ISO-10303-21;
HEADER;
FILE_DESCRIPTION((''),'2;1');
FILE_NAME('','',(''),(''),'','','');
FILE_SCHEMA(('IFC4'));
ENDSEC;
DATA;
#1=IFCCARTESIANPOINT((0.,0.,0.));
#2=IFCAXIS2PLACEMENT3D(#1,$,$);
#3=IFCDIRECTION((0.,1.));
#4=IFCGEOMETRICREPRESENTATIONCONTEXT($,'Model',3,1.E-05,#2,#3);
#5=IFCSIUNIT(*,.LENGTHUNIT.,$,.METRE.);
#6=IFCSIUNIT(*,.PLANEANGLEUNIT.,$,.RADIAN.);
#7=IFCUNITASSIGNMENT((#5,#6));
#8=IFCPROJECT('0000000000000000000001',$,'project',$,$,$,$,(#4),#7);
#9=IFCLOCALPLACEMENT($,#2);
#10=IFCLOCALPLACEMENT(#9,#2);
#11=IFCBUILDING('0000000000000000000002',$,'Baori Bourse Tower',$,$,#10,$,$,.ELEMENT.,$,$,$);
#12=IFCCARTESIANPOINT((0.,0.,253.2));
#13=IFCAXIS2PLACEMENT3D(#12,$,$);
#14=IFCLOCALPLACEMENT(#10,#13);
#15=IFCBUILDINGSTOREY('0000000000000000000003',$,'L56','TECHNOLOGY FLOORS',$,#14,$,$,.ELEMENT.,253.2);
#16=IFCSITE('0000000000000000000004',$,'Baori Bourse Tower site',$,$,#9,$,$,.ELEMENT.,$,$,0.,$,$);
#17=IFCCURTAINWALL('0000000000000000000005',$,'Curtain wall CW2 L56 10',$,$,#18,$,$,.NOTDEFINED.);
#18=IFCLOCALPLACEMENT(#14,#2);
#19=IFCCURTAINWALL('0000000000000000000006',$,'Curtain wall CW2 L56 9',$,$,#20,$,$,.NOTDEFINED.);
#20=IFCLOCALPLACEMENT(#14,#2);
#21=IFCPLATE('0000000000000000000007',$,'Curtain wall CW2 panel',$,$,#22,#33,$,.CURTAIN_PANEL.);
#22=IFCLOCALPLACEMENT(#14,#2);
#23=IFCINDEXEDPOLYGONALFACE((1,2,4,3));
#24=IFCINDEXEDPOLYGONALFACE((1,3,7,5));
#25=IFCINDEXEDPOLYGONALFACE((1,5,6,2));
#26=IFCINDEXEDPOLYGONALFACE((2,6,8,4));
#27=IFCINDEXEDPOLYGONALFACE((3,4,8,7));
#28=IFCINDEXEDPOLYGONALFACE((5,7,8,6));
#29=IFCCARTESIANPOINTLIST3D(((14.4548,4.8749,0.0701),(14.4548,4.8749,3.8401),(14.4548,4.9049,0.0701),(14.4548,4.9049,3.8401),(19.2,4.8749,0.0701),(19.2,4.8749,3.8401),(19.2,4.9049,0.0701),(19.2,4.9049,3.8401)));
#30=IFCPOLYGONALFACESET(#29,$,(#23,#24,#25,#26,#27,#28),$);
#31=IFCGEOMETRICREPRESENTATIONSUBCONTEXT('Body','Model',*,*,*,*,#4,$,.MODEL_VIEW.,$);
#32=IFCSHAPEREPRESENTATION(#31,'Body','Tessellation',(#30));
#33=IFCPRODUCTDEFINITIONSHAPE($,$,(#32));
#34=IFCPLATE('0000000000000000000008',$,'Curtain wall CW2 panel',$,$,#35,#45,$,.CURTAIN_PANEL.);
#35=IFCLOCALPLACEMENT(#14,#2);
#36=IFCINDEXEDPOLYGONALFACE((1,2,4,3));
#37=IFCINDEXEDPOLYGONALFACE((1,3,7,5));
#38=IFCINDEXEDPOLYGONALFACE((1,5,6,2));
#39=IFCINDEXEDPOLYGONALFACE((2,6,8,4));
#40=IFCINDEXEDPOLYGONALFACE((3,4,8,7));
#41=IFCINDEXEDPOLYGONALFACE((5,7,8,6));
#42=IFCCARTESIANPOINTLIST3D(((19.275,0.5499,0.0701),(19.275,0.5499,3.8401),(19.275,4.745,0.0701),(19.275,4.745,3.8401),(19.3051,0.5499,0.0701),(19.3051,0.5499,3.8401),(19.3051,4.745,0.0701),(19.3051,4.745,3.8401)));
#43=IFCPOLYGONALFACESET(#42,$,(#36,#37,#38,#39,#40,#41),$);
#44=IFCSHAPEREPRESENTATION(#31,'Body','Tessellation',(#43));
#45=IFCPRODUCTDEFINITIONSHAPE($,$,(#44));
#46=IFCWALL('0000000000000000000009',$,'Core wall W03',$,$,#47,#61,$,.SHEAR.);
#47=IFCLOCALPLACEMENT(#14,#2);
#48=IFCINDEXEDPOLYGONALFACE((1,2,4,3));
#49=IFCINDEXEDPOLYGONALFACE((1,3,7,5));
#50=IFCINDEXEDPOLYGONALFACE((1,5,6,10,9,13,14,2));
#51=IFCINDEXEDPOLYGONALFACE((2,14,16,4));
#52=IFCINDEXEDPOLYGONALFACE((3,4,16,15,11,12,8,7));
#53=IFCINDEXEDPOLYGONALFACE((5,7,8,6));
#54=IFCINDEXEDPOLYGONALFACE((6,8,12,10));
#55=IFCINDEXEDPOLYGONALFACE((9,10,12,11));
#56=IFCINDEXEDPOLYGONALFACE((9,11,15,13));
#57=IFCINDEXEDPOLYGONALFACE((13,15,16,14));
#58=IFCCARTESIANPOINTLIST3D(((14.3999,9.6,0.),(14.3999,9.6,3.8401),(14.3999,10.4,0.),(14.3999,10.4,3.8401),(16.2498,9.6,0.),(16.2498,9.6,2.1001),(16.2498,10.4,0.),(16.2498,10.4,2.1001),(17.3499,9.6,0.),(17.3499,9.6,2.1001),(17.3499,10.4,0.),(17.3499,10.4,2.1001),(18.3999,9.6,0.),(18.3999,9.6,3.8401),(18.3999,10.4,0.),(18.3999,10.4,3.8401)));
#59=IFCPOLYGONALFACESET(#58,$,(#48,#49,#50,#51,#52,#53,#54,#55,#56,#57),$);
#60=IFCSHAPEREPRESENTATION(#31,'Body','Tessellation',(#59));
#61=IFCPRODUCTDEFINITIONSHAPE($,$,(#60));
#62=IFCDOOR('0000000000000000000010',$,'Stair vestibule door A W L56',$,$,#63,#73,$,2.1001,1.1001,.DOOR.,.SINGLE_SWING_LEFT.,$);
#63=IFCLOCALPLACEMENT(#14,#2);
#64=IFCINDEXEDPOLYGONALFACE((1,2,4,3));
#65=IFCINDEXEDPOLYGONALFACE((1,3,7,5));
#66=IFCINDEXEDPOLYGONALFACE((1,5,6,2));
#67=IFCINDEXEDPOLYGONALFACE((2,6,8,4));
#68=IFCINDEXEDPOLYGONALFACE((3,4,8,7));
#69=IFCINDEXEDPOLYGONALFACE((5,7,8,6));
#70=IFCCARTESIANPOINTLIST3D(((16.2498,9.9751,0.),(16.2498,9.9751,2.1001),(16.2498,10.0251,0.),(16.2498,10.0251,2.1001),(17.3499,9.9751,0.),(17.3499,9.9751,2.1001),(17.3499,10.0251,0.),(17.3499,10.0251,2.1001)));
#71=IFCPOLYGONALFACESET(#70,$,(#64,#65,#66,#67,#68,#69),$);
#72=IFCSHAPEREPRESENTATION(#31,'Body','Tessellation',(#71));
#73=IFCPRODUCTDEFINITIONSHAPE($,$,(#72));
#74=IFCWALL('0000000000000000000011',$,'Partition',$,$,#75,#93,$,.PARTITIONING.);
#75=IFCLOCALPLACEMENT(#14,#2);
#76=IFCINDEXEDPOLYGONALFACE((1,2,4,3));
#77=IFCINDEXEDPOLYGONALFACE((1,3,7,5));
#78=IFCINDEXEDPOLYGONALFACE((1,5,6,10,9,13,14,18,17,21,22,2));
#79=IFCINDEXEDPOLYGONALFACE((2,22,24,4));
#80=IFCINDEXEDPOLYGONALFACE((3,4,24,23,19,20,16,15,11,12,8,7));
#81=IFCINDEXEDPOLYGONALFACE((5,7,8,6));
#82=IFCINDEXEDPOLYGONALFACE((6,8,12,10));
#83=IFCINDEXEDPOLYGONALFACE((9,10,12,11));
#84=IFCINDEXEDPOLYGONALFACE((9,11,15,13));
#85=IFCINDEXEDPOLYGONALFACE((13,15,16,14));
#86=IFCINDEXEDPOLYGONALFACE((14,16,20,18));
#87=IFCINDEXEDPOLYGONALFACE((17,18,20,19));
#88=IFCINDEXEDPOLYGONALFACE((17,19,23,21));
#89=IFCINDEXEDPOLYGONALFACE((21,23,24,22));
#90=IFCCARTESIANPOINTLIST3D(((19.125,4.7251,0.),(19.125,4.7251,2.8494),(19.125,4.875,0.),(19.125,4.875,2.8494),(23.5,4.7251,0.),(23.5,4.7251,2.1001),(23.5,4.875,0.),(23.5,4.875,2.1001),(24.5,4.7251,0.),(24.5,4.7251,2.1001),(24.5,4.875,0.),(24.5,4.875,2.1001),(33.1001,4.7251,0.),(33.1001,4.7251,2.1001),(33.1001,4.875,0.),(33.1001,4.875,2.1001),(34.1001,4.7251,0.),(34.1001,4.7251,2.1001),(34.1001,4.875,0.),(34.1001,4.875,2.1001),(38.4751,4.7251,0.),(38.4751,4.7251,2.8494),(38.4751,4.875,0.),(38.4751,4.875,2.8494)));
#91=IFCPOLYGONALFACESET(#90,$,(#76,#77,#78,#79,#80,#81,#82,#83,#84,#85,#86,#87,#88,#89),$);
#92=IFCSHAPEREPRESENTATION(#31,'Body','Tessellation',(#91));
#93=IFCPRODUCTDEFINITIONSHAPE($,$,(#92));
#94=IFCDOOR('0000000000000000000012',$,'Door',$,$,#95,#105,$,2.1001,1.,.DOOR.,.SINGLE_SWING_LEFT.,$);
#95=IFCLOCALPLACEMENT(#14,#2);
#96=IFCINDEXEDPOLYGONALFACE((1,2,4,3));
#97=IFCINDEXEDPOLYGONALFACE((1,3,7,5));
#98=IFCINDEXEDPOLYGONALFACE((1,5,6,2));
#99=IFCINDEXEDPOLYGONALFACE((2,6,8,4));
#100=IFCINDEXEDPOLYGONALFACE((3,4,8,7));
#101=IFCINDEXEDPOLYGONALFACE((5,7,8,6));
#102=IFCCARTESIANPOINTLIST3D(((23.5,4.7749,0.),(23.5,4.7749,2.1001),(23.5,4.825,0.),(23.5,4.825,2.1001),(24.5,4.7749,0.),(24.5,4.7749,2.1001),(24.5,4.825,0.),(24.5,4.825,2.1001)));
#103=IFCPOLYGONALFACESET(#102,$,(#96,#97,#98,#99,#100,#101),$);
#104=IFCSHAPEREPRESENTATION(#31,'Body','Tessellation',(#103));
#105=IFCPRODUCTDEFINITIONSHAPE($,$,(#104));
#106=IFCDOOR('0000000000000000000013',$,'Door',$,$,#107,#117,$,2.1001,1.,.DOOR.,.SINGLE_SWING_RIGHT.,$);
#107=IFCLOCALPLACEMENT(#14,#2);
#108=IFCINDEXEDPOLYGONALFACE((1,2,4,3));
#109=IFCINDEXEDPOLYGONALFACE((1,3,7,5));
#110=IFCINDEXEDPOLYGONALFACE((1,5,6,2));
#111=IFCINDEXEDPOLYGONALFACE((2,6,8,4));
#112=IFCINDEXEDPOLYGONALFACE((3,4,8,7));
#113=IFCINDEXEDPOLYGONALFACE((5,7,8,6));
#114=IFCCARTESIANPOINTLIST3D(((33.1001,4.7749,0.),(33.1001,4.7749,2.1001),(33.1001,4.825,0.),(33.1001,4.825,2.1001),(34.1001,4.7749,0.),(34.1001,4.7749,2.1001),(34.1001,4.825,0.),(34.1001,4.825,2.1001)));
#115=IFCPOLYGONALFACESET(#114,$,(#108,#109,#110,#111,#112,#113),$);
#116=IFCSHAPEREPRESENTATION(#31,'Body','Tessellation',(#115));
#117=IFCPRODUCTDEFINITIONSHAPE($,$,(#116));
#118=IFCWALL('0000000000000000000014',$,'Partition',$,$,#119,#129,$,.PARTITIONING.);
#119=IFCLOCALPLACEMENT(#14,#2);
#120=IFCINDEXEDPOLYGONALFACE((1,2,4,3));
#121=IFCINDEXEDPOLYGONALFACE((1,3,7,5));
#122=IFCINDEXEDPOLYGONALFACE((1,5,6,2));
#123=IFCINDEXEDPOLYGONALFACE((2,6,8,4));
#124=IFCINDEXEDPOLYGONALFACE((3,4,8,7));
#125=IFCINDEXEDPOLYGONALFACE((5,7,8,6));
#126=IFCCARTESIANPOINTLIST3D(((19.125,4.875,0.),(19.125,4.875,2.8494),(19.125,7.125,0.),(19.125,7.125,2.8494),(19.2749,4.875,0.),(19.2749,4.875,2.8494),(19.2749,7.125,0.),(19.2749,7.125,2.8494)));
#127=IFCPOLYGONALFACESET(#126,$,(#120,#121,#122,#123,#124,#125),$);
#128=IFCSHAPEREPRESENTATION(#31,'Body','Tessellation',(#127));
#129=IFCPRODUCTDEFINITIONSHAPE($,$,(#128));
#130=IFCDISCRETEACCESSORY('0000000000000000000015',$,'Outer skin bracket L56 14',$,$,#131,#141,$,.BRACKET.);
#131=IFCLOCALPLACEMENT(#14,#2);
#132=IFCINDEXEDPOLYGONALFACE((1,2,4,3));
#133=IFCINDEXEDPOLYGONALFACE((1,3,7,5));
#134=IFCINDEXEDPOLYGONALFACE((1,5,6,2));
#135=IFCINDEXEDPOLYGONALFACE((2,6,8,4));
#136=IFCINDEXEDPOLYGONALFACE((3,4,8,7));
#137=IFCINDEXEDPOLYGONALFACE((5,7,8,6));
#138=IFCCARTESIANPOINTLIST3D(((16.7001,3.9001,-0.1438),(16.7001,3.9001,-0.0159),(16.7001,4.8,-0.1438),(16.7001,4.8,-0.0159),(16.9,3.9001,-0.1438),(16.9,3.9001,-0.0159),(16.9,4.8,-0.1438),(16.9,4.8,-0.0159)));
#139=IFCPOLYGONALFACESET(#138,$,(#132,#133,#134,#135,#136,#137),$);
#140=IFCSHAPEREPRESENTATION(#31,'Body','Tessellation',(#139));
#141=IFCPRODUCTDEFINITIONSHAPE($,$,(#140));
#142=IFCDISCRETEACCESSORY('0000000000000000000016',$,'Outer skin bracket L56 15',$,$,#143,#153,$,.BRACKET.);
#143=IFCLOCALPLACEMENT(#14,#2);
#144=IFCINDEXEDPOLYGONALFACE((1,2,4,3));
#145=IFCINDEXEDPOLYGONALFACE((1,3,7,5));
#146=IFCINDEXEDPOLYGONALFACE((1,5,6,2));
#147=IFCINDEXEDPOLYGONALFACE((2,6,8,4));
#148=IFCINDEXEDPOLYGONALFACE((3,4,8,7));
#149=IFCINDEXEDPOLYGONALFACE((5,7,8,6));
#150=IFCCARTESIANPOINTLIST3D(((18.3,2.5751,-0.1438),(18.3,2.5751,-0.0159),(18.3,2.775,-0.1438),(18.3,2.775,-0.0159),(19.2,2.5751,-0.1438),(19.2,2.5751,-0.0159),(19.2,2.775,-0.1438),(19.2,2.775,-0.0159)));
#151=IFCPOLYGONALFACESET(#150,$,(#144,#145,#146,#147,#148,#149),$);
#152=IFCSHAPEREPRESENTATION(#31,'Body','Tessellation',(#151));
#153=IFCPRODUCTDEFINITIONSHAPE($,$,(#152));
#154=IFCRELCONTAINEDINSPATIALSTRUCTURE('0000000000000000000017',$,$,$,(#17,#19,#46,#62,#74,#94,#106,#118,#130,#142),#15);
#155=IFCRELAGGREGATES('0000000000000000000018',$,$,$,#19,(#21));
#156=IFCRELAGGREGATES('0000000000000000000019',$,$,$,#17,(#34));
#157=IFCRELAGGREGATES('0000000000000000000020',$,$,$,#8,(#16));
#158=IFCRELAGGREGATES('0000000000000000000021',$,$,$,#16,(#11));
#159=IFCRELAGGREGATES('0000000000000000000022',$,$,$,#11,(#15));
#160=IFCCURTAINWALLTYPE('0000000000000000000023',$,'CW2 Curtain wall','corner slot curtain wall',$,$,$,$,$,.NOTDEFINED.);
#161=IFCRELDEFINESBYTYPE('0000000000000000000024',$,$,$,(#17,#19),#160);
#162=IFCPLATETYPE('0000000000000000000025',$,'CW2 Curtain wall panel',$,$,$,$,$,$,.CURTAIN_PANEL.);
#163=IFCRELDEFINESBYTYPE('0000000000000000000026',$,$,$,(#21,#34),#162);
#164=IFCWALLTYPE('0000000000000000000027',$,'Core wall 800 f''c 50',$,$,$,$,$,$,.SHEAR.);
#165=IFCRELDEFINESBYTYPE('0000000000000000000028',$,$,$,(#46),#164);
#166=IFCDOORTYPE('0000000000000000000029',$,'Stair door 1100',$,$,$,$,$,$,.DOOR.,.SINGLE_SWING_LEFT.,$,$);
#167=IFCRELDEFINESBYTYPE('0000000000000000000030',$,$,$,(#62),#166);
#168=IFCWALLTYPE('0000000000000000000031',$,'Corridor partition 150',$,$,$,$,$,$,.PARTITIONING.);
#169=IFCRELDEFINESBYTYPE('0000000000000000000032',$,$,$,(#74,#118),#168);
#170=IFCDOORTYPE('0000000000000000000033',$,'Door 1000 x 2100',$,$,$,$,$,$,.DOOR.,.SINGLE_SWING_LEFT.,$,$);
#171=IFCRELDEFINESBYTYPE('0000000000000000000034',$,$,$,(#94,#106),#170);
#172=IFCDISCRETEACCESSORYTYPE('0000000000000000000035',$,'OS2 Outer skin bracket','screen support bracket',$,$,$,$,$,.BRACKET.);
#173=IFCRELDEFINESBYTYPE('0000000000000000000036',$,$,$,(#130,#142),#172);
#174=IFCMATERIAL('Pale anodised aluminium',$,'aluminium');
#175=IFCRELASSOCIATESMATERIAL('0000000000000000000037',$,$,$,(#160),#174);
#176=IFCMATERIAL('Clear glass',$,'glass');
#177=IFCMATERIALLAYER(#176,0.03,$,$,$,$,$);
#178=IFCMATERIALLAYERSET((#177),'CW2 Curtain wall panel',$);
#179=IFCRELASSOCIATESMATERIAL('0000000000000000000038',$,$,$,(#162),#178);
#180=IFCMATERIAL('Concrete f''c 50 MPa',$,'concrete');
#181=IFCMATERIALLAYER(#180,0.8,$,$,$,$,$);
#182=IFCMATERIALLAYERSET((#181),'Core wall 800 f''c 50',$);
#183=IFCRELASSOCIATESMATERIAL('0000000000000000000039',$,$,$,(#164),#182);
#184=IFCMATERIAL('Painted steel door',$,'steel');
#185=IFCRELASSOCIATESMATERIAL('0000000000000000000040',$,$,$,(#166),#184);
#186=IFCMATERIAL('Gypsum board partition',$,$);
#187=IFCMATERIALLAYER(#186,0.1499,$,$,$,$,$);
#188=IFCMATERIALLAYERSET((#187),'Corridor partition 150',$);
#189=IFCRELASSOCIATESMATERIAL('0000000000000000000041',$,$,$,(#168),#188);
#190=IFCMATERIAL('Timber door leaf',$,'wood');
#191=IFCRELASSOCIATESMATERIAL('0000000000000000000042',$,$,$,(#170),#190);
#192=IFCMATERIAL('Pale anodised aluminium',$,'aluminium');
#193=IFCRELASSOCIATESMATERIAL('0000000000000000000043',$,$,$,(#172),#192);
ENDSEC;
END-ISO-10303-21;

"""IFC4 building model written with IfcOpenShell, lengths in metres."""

from ifc_helpers import new_model, si_unit, direction, frame, frame_2d, origin, origin_2d, place, context, subcontext, project, spatial, rectangle, extrude, material, layer, layer_set, type_object, element, fill, aggregate, save


model = new_model("IFC4")

# Units and contexts
model_context = context("Model", 3, precision=1e-05, world=origin(), true_north=direction((0.0, 1.0)))
body_context = subcontext(model_context, "Body", "Model", "MODEL_VIEW")
ifc_project = project(units=[si_unit("LENGTHUNIT", "METRE"), si_unit("PLANEANGLEUNIT", "RADIAN")], contexts=[model_context])

# Site, building, storey
site_placement = place(None, origin())
site = spatial("IfcSite", under=ifc_project, at=site_placement, Name="Baori Bourse Tower site", CompositionType="ELEMENT", RefElevation=0.0)
building_placement = place(site_placement, origin())
building = spatial("IfcBuilding", under=site, at=building_placement, Name="Baori Bourse Tower", CompositionType="ELEMENT")
storey_placement = place(building_placement, frame((0.0, 0.0, 253.2)))
storey = spatial("IfcBuildingStorey", under=building, at=storey_placement, Name="L56", Description="TECHNOLOGY FLOORS", CompositionType="ELEMENT", Elevation=253.2)

# Curtain wall
ifc_material_1 = material(Name="Pale anodised aluminium", Category="aluminium")
curtain_wall_type_1 = type_object("IfcCurtainWallType", Name="CW2 Curtain wall", Description="corner slot curtain wall", PredefinedType="NOTDEFINED", material=ifc_material_1)
curtain_wall_1_placement = place(storey_placement, origin())
curtain_wall_1 = element("IfcCurtainWall", 1, at=curtain_wall_1_placement, inside=storey, type_object=curtain_wall_type_1, Name="Curtain wall CW2 L56 10", PredefinedType="NOTDEFINED")

# Curtain wall, plate
curtain_wall_2_placement = place(storey_placement, origin())
curtain_wall_2 = element("IfcCurtainWall", 2, at=curtain_wall_2_placement, inside=storey, type_object=curtain_wall_type_1, Name="Curtain wall CW2 L56 9", PredefinedType="NOTDEFINED")
ifc_material_2 = material(Name="Clear glass", Category="glass")
ifc_layer_1 = layer(ifc_material_2, 0.03)
ifc_layer_set_1 = layer_set([ifc_layer_1], Name="CW2 Curtain wall panel")
plate_type = type_object("IfcPlateType", Name="CW2 Curtain wall panel", PredefinedType="CURTAIN_PANEL", material=ifc_layer_set_1)
plate_1_placement = place(storey_placement, frame((16.8274, 4.8899, 0.0701), z_axis=(0.0, 0.0, 1.0), x_axis=(1.0, 0.0, 0.0)))
plate_1 = element("IfcPlate", 3, at=plate_1_placement, type_object=plate_type, Name="Curtain wall CW2 panel", PredefinedType="CURTAIN_PANEL", context=body_context, shape_type="SweptSolid", body=[
    extrude(rectangle(XDim=4.7451, YDim=0.03, at=origin_2d()), origin(), (0.0, 0.0, 1.0), 3.77),
])
aggregate(curtain_wall_2, [plate_1])

# Plate
plate_2_placement = place(storey_placement, frame((19.29, 2.6475, 0.0701), z_axis=(0.0, 0.0, 1.0), x_axis=(0.0, -1.0, 0.0)))
plate_2 = element("IfcPlate", 4, at=plate_2_placement, type_object=plate_type, Name="Curtain wall CW2 panel", PredefinedType="CURTAIN_PANEL", context=body_context, shape_type="SweptSolid", body=[
    extrude(rectangle(XDim=4.1951, YDim=0.03, at=origin_2d()), origin(), (0.0, 0.0, 1.0), 3.77),
])
aggregate(curtain_wall_1, [plate_2])

# Wall, opening, door
ifc_material_3 = material(Name="Concrete f'c 50 MPa", Category="concrete")
ifc_layer_2 = layer(ifc_material_3, 0.8)
ifc_layer_set_2 = layer_set([ifc_layer_2], Name="Core wall 800 f'c 50")
wall_type_1 = type_object("IfcWallType", Name="Core wall 800 f'c 50", PredefinedType="SHEAR", material=ifc_layer_set_2)
wall_1_placement = place(storey_placement, frame((18.3999, 10.0, 0.0), z_axis=(0.0, 0.0, 1.0), x_axis=(-1.0, 0.0, 0.0)))
wall_1 = element("IfcWall", 5, at=wall_1_placement, inside=storey, type_object=wall_type_1, Name="Core wall W03", PredefinedType="SHEAR", context=body_context, shape_type="SweptSolid", body=[
    extrude(rectangle(XDim=4.0, YDim=0.8, at=frame_2d((2.0, 0.0))), origin(), (0.0, 0.0, 1.0), 3.8401),
])
opening_1_placement = place(wall_1_placement, frame((1.05, 0.0, 0.0)))
opening_1 = element("IfcOpeningElement", 6, at=opening_1_placement, cuts=wall_1, PredefinedType="OPENING", context=body_context, shape_type="SweptSolid", body=[
    extrude(rectangle(XDim=1.1001, YDim=2.1001, at=frame_2d((0.55, 1.05))), frame((0.0, 0.4099, 0.0), z_axis=(0.0, -1.0, 0.0), x_axis=(1.0, 0.0, 0.0)), (0.0, 0.0, 1.0), 0.8201),
])
ifc_material_4 = material(Name="Painted steel door", Category="steel")
door_type_1 = type_object("IfcDoorType", Name="Stair door 1100", OperationType="SINGLE_SWING_LEFT", PredefinedType="DOOR", material=ifc_material_4)
door_1_placement = place(opening_1_placement, origin())
door_1 = element("IfcDoor", 7, at=door_1_placement, inside=storey, type_object=door_type_1, Name="Stair vestibule door A W L56", OperationType="SINGLE_SWING_LEFT", OverallHeight=2.1001, OverallWidth=1.1001, PredefinedType="DOOR", context=body_context, shape_type="SweptSolid", body=[
    extrude(rectangle(XDim=1.1001, YDim=2.1001, at=frame_2d((0.55, 1.05))), frame((0.0, 0.0249, 0.0), z_axis=(0.0, -1.0, 0.0), x_axis=(1.0, 0.0, 0.0)), (0.0, 0.0, 1.0), 0.05),
])
fill(opening_1, door_1)

# Wall, openings, doors
ifc_material_5 = material(Name="Gypsum board partition")
ifc_layer_3 = layer(ifc_material_5, 0.1499)
ifc_layer_set_3 = layer_set([ifc_layer_3], Name="Corridor partition 150")
wall_type_2 = type_object("IfcWallType", Name="Corridor partition 150", PredefinedType="PARTITIONING", material=ifc_layer_set_3)
wall_2_placement = place(storey_placement, frame((19.125, 4.8, 0.0), z_axis=(0.0, 0.0, 1.0), x_axis=(1.0, 0.0, 0.0)))
wall_2 = element("IfcWall", 8, at=wall_2_placement, inside=storey, type_object=wall_type_2, Name="Partition", PredefinedType="PARTITIONING", context=body_context, shape_type="SweptSolid", body=[
    extrude(rectangle(XDim=19.3501, YDim=0.1499, at=frame_2d((9.675, 0.0))), origin(), (0.0, 0.0, 1.0), 2.8494),
])
opening_2_placement = place(wall_2_placement, frame((4.375, 0.0, 0.0)))
opening_2 = element("IfcOpeningElement", 9, at=opening_2_placement, cuts=wall_2, PredefinedType="OPENING", context=body_context, shape_type="SweptSolid", body=[
    extrude(rectangle(XDim=1.0, YDim=2.1001, at=frame_2d((0.5, 1.05))), frame((0.0, 0.085, 0.0), z_axis=(0.0, -1.0, 0.0), x_axis=(1.0, 0.0, 0.0)), (0.0, 0.0, 1.0), 0.1699),
])
opening_3_placement = place(wall_2_placement, frame((13.9751, 0.0, 0.0)))
opening_3 = element("IfcOpeningElement", 10, at=opening_3_placement, cuts=wall_2, PredefinedType="OPENING", context=body_context, shape_type="SweptSolid", body=[
    extrude(rectangle(XDim=1.0, YDim=2.1001, at=frame_2d((0.5, 1.05))), frame((0.0, 0.085, 0.0), z_axis=(0.0, -1.0, 0.0), x_axis=(1.0, 0.0, 0.0)), (0.0, 0.0, 1.0), 0.1699),
])
ifc_material_6 = material(Name="Timber door leaf", Category="wood")
door_type_2 = type_object("IfcDoorType", Name="Door 1000 x 2100", OperationType="SINGLE_SWING_LEFT", PredefinedType="DOOR", material=ifc_material_6)
door_2_placement = place(opening_2_placement, origin())
door_2 = element("IfcDoor", 11, at=door_2_placement, inside=storey, type_object=door_type_2, Name="Door", OperationType="SINGLE_SWING_LEFT", OverallHeight=2.1001, OverallWidth=1.0, PredefinedType="DOOR", context=body_context, shape_type="SweptSolid", body=[
    extrude(rectangle(XDim=1.0, YDim=2.1001, at=frame_2d((0.5, 1.05))), frame((0.0, 0.0249, 0.0), z_axis=(0.0, -1.0, 0.0), x_axis=(1.0, 0.0, 0.0)), (0.0, 0.0, 1.0), 0.05),
])
fill(opening_2, door_2)
door_3_placement = place(opening_3_placement, origin())
door_3 = element("IfcDoor", 12, at=door_3_placement, inside=storey, type_object=door_type_2, Name="Door", OperationType="SINGLE_SWING_RIGHT", OverallHeight=2.1001, OverallWidth=1.0, PredefinedType="DOOR", context=body_context, shape_type="SweptSolid", body=[
    extrude(rectangle(XDim=1.0, YDim=2.1001, at=frame_2d((0.5, 1.05))), frame((0.0, 0.0249, 0.0), z_axis=(0.0, -1.0, 0.0), x_axis=(1.0, 0.0, 0.0)), (0.0, 0.0, 1.0), 0.05),
])
fill(opening_3, door_3)

# Wall
wall_3_placement = place(storey_placement, frame((19.2, 4.875, 0.0), z_axis=(0.0, 0.0, 1.0), x_axis=(0.0, 1.0, 0.0)))
element("IfcWall", 13, at=wall_3_placement, inside=storey, type_object=wall_type_2, Name="Partition", PredefinedType="PARTITIONING", context=body_context, shape_type="SweptSolid", body=[
    extrude(rectangle(XDim=2.25, YDim=0.1499, at=frame_2d((1.125, 0.0))), origin(), (0.0, 0.0, 1.0), 2.8494),
])

# Discrete accessories
ifc_material_7 = material(Name="Pale anodised aluminium", Category="aluminium")
discrete_accessory_type = type_object("IfcDiscreteAccessoryType", Name="OS2 Outer skin bracket", Description="screen support bracket", PredefinedType="BRACKET", material=ifc_material_7)
for number, where, z_axis, x_axis, name in (
    (14, (16.8, 4.3501, -0.1438), (0.0, 0.0, 1.0), (1.0, 0.0, 0.0), "Outer skin bracket L56 14"),
    (15, (18.75, 2.675, -0.1438), (0.0, 0.0, 1.0), (0.0, -1.0, 0.0), "Outer skin bracket L56 15"),
):
    element("IfcDiscreteAccessory", number, at=place(storey_placement, frame(where, z_axis=z_axis, x_axis=x_axis)), inside=storey, type_object=discrete_accessory_type, Name=name, PredefinedType="BRACKET", context=body_context, shape_type="SweptSolid", body=[
        extrude(rectangle(XDim=0.2, YDim=0.8999, at=origin_2d()), origin(), (0.0, 0.0, 1.0), 0.1279),
    ])

save(model, "model.ifc")
